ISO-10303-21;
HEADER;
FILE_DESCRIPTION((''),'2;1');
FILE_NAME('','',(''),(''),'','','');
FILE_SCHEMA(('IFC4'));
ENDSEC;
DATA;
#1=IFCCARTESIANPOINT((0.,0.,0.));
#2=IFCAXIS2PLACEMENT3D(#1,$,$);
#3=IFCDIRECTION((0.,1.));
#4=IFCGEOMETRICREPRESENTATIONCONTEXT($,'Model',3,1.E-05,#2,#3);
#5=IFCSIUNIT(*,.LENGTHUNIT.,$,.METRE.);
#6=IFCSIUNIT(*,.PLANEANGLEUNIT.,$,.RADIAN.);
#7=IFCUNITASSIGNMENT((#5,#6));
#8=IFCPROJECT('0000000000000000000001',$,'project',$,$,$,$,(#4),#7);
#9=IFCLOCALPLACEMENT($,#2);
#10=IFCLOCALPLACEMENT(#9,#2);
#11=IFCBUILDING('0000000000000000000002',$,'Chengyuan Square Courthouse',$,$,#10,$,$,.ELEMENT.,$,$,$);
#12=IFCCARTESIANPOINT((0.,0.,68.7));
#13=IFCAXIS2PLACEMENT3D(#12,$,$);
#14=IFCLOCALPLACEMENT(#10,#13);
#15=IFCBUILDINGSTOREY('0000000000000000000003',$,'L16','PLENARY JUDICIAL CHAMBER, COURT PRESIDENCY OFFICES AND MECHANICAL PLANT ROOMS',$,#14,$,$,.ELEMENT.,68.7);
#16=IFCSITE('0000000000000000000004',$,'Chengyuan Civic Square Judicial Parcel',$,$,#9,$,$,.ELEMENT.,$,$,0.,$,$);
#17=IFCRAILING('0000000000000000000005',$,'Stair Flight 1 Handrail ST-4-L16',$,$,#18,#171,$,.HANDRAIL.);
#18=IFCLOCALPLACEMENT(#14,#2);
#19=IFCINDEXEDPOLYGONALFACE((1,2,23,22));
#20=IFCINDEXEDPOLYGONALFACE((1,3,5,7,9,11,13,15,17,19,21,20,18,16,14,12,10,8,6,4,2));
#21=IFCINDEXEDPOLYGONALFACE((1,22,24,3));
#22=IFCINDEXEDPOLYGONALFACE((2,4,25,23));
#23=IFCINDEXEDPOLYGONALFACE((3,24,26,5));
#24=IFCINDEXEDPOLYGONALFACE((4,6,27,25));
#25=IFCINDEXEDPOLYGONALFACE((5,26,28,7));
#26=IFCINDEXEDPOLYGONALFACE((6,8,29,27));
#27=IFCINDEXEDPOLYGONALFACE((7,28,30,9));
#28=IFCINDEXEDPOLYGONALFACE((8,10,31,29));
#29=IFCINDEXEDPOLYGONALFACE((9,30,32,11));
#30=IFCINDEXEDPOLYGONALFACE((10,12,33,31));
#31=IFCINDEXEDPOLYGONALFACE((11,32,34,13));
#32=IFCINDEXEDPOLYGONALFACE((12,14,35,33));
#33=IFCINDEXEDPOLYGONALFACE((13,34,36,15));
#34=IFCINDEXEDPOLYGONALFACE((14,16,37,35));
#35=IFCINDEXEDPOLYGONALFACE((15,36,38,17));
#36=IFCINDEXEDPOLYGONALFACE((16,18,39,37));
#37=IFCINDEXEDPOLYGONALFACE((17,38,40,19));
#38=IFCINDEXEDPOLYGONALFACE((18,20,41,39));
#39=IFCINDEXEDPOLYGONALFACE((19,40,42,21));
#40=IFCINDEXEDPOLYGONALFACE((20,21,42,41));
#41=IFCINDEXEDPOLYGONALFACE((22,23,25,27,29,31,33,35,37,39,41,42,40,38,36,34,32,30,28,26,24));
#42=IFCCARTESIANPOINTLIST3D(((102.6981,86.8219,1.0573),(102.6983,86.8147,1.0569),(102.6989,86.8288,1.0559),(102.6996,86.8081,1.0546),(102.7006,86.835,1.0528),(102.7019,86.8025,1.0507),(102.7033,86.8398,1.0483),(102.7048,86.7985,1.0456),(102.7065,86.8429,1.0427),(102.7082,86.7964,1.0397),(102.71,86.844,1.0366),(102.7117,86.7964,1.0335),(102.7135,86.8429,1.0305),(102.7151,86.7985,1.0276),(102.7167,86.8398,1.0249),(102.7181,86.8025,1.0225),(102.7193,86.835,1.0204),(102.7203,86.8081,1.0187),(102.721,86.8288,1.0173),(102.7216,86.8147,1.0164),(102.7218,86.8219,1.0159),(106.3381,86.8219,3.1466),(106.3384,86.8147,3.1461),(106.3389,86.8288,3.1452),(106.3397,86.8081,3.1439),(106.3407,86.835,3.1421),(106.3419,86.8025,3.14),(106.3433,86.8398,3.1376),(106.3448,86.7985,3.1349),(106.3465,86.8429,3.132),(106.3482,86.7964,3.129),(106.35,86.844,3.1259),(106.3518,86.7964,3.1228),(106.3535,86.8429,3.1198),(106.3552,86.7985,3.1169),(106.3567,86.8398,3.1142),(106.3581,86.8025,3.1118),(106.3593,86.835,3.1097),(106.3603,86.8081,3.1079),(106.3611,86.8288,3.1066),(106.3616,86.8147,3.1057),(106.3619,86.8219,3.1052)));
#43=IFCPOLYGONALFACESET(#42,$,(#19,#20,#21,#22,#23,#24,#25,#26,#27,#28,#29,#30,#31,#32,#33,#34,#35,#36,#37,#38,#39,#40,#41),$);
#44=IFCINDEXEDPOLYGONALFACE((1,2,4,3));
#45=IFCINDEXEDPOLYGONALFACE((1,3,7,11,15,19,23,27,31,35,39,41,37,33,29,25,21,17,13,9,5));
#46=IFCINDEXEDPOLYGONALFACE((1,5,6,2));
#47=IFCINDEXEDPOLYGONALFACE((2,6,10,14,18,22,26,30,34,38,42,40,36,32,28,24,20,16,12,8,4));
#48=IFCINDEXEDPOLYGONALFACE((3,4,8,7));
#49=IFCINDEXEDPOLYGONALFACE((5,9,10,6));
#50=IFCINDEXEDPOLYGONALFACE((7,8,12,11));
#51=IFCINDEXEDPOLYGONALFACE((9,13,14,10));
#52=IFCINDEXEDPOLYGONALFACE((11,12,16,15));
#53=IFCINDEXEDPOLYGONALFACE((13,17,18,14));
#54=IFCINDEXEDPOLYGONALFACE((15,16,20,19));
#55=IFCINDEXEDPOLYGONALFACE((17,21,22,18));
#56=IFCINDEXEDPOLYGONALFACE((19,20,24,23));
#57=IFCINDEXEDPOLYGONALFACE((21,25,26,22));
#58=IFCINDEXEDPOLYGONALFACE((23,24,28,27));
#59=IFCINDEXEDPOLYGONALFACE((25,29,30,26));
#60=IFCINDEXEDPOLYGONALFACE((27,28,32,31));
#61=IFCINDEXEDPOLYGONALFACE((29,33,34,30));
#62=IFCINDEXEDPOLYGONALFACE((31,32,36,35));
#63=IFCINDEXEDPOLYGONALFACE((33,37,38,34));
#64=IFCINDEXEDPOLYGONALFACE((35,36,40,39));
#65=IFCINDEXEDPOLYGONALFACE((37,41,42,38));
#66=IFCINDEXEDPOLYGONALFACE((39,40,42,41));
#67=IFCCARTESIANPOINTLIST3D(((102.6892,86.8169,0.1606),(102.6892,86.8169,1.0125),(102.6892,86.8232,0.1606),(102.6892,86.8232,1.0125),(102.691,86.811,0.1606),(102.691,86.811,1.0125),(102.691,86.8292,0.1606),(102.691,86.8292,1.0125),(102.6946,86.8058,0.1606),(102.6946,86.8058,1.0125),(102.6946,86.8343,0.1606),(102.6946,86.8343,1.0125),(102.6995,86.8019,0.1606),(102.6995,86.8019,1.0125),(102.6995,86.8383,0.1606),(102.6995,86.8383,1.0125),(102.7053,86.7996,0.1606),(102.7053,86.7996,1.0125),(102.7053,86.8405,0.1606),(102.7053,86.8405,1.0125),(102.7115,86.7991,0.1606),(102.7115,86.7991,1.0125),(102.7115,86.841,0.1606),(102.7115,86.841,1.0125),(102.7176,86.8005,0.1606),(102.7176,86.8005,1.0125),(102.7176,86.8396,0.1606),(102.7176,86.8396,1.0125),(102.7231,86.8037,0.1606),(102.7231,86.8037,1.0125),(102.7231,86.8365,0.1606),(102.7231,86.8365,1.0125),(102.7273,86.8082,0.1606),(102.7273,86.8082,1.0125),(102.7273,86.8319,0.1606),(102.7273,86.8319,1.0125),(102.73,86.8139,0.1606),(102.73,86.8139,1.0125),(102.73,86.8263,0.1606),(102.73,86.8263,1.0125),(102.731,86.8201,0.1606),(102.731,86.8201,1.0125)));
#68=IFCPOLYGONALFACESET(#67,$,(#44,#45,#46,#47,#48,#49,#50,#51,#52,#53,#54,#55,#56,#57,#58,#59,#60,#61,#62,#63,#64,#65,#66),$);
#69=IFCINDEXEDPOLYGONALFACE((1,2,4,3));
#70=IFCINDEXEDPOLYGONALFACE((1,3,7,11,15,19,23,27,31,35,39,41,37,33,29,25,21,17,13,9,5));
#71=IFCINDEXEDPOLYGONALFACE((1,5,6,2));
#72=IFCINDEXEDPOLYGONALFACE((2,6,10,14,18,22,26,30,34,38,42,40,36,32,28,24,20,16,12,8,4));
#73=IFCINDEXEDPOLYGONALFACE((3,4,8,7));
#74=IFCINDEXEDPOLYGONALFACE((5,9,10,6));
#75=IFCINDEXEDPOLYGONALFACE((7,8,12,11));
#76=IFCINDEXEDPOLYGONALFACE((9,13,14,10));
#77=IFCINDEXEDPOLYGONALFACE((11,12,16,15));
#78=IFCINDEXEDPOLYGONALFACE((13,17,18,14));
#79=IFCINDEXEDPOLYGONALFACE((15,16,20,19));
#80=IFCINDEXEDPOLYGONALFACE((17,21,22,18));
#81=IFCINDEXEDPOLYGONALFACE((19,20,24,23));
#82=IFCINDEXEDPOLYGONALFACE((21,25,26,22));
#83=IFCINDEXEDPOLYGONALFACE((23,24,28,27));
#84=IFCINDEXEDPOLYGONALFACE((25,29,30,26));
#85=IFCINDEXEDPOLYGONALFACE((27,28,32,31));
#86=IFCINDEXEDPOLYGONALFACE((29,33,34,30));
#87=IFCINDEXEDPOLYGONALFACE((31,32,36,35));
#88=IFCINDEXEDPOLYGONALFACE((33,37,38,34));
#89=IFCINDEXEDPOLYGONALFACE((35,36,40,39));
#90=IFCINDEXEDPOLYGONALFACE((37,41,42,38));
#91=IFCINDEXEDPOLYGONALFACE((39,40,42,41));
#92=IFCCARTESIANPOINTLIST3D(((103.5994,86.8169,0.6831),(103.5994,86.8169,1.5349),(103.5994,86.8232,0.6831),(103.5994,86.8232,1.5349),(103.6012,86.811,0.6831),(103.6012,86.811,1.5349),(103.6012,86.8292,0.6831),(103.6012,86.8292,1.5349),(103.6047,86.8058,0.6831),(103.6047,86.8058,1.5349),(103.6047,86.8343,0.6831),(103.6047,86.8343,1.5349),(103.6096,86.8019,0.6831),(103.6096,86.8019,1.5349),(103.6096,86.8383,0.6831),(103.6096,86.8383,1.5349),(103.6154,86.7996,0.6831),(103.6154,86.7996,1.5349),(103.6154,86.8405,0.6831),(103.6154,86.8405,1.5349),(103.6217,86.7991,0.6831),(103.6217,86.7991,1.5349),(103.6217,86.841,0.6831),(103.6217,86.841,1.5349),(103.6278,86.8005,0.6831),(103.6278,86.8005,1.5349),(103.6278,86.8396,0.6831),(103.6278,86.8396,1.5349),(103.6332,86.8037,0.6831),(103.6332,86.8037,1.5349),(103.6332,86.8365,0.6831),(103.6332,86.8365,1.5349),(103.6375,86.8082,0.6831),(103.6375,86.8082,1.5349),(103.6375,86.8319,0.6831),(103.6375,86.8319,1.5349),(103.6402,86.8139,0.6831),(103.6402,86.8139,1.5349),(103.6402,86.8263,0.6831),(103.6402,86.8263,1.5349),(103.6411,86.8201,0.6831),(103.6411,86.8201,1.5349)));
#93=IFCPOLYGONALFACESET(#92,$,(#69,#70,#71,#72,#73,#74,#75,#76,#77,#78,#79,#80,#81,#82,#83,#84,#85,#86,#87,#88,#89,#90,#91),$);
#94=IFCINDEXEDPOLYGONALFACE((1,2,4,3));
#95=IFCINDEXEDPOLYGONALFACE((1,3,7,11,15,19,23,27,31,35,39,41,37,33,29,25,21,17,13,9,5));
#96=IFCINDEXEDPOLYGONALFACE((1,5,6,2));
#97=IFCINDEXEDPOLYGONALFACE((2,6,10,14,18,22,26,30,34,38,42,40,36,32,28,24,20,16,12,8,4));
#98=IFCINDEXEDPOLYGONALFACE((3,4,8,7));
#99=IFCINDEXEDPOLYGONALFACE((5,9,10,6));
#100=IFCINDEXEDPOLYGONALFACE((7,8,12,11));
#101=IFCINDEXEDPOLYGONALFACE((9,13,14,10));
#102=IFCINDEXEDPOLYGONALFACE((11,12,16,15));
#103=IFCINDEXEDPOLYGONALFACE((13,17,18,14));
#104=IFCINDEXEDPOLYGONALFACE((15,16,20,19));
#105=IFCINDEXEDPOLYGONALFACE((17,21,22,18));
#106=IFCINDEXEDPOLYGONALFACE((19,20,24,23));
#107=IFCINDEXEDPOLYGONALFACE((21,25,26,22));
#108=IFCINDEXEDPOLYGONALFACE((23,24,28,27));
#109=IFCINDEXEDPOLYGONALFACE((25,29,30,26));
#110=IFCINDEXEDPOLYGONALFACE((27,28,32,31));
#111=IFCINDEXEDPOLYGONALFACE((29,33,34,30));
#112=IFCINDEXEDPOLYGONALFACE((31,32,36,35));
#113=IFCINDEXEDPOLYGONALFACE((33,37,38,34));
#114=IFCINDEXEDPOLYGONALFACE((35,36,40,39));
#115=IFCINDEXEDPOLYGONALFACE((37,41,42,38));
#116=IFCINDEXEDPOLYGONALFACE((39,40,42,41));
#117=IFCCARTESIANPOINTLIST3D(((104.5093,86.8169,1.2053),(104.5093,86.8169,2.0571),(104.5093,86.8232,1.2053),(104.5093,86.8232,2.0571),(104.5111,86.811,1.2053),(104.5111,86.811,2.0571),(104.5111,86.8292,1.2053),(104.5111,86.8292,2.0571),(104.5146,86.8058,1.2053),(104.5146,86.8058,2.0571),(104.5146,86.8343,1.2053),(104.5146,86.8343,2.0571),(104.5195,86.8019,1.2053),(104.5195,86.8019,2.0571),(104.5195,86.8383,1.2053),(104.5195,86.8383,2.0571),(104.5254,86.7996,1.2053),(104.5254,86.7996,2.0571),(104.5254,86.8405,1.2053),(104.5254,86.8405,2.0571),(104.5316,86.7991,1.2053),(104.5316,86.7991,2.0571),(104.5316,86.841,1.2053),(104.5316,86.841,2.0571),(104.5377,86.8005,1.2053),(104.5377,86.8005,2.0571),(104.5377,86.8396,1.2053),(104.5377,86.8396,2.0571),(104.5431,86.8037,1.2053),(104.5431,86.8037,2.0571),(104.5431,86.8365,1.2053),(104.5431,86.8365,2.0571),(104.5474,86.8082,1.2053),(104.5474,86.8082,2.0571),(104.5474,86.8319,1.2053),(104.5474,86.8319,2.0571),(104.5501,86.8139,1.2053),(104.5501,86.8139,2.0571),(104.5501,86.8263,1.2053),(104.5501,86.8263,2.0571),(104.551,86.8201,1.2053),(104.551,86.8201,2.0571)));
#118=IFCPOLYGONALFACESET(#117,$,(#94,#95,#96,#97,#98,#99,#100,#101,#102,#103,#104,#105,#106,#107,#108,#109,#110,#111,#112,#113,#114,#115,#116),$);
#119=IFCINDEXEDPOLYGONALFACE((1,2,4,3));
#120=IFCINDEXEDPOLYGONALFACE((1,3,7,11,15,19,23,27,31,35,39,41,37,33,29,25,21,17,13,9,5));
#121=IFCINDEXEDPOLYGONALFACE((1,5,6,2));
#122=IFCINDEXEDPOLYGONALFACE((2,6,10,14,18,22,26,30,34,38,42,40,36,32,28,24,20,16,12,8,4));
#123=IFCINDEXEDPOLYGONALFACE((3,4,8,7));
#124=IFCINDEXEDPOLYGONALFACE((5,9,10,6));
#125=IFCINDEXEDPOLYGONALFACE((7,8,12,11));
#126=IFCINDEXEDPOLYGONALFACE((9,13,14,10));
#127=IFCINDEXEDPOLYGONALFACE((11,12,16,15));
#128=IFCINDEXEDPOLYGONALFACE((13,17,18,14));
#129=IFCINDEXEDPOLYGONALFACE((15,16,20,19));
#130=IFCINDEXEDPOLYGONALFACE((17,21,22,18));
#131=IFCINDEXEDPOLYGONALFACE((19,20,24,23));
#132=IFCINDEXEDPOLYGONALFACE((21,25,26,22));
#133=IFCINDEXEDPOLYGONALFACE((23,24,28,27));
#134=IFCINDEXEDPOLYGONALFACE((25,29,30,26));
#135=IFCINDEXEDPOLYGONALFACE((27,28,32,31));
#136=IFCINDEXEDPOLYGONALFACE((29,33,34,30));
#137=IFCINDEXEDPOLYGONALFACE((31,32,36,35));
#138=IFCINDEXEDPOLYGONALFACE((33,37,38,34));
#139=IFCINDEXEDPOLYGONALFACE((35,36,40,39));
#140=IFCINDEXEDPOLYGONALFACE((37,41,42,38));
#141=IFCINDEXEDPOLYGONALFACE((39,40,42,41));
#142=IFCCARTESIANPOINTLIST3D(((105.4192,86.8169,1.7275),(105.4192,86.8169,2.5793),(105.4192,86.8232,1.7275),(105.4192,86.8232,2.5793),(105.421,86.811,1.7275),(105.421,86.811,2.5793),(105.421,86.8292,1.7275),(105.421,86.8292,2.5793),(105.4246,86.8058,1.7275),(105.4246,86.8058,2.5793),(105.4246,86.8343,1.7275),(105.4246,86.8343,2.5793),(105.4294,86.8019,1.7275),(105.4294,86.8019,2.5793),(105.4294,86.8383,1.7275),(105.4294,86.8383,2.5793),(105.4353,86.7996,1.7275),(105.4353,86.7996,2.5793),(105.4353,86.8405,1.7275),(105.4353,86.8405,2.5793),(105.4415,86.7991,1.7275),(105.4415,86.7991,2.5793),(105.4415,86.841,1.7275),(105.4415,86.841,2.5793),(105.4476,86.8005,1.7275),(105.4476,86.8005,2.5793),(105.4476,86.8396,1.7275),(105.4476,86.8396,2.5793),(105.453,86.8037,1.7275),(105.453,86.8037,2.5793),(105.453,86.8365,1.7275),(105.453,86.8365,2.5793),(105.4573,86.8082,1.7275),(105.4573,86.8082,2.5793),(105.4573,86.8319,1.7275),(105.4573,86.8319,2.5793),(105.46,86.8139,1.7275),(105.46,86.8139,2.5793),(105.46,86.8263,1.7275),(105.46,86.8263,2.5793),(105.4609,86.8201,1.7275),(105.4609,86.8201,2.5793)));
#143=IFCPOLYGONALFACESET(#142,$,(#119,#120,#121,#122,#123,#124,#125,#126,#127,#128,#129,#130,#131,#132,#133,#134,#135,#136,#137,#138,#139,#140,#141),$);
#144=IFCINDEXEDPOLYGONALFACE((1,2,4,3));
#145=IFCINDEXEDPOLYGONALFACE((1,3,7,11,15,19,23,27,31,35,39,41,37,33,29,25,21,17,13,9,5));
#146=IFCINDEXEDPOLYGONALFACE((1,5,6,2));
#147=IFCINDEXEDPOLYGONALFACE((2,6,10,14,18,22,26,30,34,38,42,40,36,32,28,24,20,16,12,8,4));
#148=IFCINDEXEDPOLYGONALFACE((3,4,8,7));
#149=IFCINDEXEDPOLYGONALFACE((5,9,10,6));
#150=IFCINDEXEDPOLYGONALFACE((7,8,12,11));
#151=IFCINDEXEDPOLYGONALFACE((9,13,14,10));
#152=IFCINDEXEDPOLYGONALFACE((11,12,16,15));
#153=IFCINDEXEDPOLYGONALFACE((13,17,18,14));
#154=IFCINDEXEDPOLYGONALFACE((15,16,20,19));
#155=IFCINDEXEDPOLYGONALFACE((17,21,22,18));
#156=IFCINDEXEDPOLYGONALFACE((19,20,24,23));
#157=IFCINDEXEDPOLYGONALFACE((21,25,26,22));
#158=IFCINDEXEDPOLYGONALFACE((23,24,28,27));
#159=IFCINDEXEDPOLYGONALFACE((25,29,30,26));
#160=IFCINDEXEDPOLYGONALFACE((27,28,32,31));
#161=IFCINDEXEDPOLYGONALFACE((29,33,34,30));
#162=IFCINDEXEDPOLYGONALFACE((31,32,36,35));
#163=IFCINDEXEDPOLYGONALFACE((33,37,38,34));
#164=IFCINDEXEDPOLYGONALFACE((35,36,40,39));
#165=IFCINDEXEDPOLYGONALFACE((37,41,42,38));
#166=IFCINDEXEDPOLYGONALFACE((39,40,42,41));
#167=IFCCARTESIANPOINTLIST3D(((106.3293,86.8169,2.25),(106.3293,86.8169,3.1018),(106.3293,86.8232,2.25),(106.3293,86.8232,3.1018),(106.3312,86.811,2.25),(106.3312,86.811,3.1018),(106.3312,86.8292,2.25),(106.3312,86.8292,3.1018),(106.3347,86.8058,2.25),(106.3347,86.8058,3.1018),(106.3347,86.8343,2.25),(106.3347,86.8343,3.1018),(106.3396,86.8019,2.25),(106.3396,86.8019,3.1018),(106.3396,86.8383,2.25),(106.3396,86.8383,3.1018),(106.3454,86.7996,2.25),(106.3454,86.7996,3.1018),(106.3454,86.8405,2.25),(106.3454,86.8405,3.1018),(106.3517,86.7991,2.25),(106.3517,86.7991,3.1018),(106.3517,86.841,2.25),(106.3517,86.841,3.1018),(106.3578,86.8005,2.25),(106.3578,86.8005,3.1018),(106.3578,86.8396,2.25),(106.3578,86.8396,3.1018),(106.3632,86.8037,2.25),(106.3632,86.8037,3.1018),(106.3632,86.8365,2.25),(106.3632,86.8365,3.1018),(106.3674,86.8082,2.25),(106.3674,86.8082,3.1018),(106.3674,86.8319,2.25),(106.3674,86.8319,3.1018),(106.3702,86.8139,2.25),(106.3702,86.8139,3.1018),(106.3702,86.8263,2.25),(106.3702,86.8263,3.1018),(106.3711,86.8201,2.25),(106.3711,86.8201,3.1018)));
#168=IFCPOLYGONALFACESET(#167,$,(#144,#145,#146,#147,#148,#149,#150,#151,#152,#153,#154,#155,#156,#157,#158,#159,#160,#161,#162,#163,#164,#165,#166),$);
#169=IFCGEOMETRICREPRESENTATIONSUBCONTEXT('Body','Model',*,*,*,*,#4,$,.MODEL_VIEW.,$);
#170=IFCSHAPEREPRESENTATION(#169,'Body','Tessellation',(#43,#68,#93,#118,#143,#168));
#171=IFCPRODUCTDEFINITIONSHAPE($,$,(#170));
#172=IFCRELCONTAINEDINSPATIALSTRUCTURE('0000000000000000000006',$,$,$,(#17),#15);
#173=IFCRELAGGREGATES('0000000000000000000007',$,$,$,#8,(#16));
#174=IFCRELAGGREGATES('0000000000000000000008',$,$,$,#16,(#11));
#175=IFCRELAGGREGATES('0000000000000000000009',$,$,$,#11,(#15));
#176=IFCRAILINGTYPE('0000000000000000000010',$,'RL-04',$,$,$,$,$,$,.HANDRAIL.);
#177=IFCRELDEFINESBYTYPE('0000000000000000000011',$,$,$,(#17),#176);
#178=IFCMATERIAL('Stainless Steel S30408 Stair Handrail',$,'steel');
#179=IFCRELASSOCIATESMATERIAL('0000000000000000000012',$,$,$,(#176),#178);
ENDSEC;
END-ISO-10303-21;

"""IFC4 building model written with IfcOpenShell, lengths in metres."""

from ifc_helpers import new_model, si_unit, direction, frame, origin, origin_2d, place, context, subcontext, project, spatial, circle, extrude, material, type_object, element, save


model = new_model("IFC4")

# Units and contexts
model_context = context("Model", 3, precision=1e-05, world=origin(), true_north=direction((0.0, 1.0)))
body_context = subcontext(model_context, "Body", "Model", "MODEL_VIEW")
ifc_project = project(units=[si_unit("LENGTHUNIT", "METRE"), si_unit("PLANEANGLEUNIT", "RADIAN")], contexts=[model_context])

# Site, building, storey
site_placement = place(None, origin())
site = spatial("IfcSite", under=ifc_project, at=site_placement, Name="Chengyuan Civic Square Judicial Parcel", CompositionType="ELEMENT", RefElevation=0.0)
building_placement = place(site_placement, origin())
building = spatial("IfcBuilding", under=site, at=building_placement, Name="Chengyuan Square Courthouse", CompositionType="ELEMENT")
storey_placement = place(building_placement, frame((0.0, 0.0, 68.7)))
storey = spatial("IfcBuildingStorey", under=building, at=storey_placement, Name="L16", Description="PLENARY JUDICIAL CHAMBER, COURT PRESIDENCY OFFICES AND MECHANICAL PLANT ROOMS", CompositionType="ELEMENT", Elevation=68.7)

# Railing
ifc_material_1 = material(Name="Stainless Steel S30408 Stair Handrail", Category="steel")
railing_type_1 = type_object("IfcRailingType", Name="RL-04", PredefinedType="HANDRAIL", material=ifc_material_1)
railing_1_placement = place(storey_placement, frame((102.71, 86.8201, 0.1606)))
element("IfcRailing", 1, at=railing_1_placement, inside=storey, type_object=railing_type_1, Name="Stair Flight 1 Handrail ST-4-L16", PredefinedType="HANDRAIL", context=body_context, shape_type="SweptSolid", body=[
    extrude(circle(Radius=0.0239, at=origin_2d()), frame((0.0, 0.0, 0.876), z_axis=(0.867289, 0.0, 0.497804), x_axis=(0.0, 1.0, 0.0)), (0.0, 0.0, 1.0), 4.197),
    extrude(circle(Radius=0.021, at=origin_2d()), origin(), (0.0, 0.0, 1.0), 0.8518),
    extrude(circle(Radius=0.021, at=origin_2d()), frame((0.9102, 0.0, 0.5225)), (0.0, 0.0, 1.0), 0.8518),
    extrude(circle(Radius=0.021, at=origin_2d()), frame((1.8201, 0.0, 1.0447)), (0.0, 0.0, 1.0), 0.8518),
    extrude(circle(Radius=0.021, at=origin_2d()), frame((2.73, 0.0, 1.5669)), (0.0, 0.0, 1.0), 0.8518),
    extrude(circle(Radius=0.021, at=origin_2d()), frame((3.6401, 0.0, 2.0894)), (0.0, 0.0, 1.0), 0.8518),
])

save(model, "model.ifc")
